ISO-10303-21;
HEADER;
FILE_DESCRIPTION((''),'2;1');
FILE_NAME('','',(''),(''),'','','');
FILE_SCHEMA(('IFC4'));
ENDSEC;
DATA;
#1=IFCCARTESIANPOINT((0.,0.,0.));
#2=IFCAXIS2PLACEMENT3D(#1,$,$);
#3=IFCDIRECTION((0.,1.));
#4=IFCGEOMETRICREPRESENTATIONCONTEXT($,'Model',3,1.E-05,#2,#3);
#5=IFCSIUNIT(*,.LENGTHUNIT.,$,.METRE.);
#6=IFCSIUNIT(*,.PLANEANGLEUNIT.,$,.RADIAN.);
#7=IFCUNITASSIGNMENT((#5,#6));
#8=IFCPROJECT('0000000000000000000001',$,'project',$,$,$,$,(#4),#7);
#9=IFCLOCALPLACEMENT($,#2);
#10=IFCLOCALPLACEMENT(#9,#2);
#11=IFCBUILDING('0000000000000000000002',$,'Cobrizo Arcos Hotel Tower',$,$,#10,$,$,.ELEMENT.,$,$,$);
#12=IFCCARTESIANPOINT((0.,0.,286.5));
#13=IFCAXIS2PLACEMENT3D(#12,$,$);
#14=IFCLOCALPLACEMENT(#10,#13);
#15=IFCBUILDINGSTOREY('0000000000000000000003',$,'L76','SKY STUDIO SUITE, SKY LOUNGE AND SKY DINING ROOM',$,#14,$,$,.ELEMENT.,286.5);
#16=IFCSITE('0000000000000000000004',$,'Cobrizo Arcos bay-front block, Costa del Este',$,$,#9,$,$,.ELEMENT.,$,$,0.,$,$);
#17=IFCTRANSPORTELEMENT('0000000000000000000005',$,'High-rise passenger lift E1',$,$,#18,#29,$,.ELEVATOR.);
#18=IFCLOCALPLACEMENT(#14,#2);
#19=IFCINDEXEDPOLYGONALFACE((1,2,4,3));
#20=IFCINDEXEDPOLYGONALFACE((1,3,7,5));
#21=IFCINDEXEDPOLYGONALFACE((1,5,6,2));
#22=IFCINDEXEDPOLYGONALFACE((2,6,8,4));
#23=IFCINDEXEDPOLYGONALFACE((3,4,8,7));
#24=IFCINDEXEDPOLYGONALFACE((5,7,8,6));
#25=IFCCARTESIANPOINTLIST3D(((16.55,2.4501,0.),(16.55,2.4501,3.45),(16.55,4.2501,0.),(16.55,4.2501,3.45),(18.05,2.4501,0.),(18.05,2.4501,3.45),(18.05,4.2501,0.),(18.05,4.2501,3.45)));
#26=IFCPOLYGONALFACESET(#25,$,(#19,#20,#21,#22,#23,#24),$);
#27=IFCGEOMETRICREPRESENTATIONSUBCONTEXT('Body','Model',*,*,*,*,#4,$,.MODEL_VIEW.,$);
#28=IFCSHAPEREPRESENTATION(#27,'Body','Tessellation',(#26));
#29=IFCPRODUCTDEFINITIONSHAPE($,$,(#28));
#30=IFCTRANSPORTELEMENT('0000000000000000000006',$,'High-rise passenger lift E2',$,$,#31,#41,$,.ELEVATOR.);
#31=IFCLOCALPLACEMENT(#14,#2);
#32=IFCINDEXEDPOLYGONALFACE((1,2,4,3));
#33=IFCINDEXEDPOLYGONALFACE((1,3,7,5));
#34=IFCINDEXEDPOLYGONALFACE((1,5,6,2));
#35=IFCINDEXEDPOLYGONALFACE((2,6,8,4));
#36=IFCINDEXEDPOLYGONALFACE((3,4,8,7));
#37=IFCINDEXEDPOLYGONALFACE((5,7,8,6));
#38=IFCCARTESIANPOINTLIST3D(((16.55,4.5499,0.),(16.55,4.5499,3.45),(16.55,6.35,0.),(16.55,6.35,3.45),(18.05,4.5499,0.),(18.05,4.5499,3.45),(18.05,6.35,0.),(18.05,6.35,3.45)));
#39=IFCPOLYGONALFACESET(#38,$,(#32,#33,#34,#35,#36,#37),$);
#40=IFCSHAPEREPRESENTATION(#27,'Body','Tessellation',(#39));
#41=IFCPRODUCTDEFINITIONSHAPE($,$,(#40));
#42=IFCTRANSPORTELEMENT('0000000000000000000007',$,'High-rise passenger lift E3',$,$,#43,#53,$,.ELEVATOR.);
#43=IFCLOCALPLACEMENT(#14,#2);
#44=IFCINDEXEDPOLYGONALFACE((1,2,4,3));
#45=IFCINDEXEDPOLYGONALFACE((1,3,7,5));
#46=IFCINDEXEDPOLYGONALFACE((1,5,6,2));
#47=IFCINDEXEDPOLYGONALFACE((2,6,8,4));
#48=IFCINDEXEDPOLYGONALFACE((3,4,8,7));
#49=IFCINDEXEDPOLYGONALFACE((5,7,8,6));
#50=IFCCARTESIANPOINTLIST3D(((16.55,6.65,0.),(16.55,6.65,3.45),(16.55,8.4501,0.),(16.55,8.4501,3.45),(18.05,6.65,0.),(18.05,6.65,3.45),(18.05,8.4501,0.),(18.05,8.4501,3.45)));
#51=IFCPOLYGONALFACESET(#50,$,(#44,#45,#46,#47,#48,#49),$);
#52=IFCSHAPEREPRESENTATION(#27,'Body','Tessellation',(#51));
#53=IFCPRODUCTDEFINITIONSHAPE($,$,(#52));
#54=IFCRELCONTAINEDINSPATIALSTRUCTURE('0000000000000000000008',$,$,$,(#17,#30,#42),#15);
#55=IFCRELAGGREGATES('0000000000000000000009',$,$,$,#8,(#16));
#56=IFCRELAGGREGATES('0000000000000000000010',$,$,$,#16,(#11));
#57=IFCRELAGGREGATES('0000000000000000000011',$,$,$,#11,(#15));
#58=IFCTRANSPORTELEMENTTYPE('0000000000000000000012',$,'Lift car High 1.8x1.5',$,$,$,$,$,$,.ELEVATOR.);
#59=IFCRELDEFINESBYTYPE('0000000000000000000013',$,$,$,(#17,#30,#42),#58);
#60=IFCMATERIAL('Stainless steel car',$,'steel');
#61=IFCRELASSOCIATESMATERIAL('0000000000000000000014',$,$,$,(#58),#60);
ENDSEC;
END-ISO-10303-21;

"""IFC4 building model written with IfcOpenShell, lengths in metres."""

from ifc_helpers import new_model, si_unit, direction, frame, origin, origin_2d, place, context, subcontext, project, spatial, rectangle, extrude, material, type_object, element, save


model = new_model("IFC4")

# Units and contexts
model_context = context("Model", 3, precision=1e-05, world=origin(), true_north=direction((0.0, 1.0)))
body_context = subcontext(model_context, "Body", "Model", "MODEL_VIEW")
ifc_project = project(units=[si_unit("LENGTHUNIT", "METRE"), si_unit("PLANEANGLEUNIT", "RADIAN")], contexts=[model_context])

# Site, building, storey
site_placement = place(None, origin())
site = spatial("IfcSite", under=ifc_project, at=site_placement, Name="Cobrizo Arcos bay-front block, Costa del Este", CompositionType="ELEMENT", RefElevation=0.0)
building_placement = place(site_placement, origin())
building = spatial("IfcBuilding", under=site, at=building_placement, Name="Cobrizo Arcos Hotel Tower", CompositionType="ELEMENT")
storey_placement = place(building_placement, frame((0.0, 0.0, 286.5)))
storey = spatial("IfcBuildingStorey", under=building, at=storey_placement, Name="L76", Description="SKY STUDIO SUITE, SKY LOUNGE AND SKY DINING ROOM", CompositionType="ELEMENT", Elevation=286.5)

# Transport elements
ifc_material_1 = material(Name="Stainless steel car", Category="steel")
transport_element_type = type_object("IfcTransportElementType", Name="Lift car High 1.8x1.5", PredefinedType="ELEVATOR", material=ifc_material_1)
for number, where, z_axis, x_axis, name in (
    (1, (17.3, 3.3501, 0.0), (0.0, 0.0, 1.0), (1.0, 0.0, 0.0), "High-rise passenger lift E1"),
    (2, (17.3, 5.45, 0.0), (0.0, 0.0, 1.0), (1.0, 0.0, 0.0), "High-rise passenger lift E2"),
    (3, (17.3, 7.55, 0.0), (0.0, 0.0, 1.0), (1.0, 0.0, 0.0), "High-rise passenger lift E3"),
):
    element("IfcTransportElement", number, at=place(storey_placement, frame(where, z_axis=z_axis, x_axis=x_axis)), inside=storey, type_object=transport_element_type, Name=name, PredefinedType="ELEVATOR", context=body_context, shape_type="SweptSolid", body=[
        extrude(rectangle(XDim=1.5, YDim=1.8, at=origin_2d()), origin(), (0.0, 0.0, 1.0), 3.45),
    ])

save(model, "model.ifc")
